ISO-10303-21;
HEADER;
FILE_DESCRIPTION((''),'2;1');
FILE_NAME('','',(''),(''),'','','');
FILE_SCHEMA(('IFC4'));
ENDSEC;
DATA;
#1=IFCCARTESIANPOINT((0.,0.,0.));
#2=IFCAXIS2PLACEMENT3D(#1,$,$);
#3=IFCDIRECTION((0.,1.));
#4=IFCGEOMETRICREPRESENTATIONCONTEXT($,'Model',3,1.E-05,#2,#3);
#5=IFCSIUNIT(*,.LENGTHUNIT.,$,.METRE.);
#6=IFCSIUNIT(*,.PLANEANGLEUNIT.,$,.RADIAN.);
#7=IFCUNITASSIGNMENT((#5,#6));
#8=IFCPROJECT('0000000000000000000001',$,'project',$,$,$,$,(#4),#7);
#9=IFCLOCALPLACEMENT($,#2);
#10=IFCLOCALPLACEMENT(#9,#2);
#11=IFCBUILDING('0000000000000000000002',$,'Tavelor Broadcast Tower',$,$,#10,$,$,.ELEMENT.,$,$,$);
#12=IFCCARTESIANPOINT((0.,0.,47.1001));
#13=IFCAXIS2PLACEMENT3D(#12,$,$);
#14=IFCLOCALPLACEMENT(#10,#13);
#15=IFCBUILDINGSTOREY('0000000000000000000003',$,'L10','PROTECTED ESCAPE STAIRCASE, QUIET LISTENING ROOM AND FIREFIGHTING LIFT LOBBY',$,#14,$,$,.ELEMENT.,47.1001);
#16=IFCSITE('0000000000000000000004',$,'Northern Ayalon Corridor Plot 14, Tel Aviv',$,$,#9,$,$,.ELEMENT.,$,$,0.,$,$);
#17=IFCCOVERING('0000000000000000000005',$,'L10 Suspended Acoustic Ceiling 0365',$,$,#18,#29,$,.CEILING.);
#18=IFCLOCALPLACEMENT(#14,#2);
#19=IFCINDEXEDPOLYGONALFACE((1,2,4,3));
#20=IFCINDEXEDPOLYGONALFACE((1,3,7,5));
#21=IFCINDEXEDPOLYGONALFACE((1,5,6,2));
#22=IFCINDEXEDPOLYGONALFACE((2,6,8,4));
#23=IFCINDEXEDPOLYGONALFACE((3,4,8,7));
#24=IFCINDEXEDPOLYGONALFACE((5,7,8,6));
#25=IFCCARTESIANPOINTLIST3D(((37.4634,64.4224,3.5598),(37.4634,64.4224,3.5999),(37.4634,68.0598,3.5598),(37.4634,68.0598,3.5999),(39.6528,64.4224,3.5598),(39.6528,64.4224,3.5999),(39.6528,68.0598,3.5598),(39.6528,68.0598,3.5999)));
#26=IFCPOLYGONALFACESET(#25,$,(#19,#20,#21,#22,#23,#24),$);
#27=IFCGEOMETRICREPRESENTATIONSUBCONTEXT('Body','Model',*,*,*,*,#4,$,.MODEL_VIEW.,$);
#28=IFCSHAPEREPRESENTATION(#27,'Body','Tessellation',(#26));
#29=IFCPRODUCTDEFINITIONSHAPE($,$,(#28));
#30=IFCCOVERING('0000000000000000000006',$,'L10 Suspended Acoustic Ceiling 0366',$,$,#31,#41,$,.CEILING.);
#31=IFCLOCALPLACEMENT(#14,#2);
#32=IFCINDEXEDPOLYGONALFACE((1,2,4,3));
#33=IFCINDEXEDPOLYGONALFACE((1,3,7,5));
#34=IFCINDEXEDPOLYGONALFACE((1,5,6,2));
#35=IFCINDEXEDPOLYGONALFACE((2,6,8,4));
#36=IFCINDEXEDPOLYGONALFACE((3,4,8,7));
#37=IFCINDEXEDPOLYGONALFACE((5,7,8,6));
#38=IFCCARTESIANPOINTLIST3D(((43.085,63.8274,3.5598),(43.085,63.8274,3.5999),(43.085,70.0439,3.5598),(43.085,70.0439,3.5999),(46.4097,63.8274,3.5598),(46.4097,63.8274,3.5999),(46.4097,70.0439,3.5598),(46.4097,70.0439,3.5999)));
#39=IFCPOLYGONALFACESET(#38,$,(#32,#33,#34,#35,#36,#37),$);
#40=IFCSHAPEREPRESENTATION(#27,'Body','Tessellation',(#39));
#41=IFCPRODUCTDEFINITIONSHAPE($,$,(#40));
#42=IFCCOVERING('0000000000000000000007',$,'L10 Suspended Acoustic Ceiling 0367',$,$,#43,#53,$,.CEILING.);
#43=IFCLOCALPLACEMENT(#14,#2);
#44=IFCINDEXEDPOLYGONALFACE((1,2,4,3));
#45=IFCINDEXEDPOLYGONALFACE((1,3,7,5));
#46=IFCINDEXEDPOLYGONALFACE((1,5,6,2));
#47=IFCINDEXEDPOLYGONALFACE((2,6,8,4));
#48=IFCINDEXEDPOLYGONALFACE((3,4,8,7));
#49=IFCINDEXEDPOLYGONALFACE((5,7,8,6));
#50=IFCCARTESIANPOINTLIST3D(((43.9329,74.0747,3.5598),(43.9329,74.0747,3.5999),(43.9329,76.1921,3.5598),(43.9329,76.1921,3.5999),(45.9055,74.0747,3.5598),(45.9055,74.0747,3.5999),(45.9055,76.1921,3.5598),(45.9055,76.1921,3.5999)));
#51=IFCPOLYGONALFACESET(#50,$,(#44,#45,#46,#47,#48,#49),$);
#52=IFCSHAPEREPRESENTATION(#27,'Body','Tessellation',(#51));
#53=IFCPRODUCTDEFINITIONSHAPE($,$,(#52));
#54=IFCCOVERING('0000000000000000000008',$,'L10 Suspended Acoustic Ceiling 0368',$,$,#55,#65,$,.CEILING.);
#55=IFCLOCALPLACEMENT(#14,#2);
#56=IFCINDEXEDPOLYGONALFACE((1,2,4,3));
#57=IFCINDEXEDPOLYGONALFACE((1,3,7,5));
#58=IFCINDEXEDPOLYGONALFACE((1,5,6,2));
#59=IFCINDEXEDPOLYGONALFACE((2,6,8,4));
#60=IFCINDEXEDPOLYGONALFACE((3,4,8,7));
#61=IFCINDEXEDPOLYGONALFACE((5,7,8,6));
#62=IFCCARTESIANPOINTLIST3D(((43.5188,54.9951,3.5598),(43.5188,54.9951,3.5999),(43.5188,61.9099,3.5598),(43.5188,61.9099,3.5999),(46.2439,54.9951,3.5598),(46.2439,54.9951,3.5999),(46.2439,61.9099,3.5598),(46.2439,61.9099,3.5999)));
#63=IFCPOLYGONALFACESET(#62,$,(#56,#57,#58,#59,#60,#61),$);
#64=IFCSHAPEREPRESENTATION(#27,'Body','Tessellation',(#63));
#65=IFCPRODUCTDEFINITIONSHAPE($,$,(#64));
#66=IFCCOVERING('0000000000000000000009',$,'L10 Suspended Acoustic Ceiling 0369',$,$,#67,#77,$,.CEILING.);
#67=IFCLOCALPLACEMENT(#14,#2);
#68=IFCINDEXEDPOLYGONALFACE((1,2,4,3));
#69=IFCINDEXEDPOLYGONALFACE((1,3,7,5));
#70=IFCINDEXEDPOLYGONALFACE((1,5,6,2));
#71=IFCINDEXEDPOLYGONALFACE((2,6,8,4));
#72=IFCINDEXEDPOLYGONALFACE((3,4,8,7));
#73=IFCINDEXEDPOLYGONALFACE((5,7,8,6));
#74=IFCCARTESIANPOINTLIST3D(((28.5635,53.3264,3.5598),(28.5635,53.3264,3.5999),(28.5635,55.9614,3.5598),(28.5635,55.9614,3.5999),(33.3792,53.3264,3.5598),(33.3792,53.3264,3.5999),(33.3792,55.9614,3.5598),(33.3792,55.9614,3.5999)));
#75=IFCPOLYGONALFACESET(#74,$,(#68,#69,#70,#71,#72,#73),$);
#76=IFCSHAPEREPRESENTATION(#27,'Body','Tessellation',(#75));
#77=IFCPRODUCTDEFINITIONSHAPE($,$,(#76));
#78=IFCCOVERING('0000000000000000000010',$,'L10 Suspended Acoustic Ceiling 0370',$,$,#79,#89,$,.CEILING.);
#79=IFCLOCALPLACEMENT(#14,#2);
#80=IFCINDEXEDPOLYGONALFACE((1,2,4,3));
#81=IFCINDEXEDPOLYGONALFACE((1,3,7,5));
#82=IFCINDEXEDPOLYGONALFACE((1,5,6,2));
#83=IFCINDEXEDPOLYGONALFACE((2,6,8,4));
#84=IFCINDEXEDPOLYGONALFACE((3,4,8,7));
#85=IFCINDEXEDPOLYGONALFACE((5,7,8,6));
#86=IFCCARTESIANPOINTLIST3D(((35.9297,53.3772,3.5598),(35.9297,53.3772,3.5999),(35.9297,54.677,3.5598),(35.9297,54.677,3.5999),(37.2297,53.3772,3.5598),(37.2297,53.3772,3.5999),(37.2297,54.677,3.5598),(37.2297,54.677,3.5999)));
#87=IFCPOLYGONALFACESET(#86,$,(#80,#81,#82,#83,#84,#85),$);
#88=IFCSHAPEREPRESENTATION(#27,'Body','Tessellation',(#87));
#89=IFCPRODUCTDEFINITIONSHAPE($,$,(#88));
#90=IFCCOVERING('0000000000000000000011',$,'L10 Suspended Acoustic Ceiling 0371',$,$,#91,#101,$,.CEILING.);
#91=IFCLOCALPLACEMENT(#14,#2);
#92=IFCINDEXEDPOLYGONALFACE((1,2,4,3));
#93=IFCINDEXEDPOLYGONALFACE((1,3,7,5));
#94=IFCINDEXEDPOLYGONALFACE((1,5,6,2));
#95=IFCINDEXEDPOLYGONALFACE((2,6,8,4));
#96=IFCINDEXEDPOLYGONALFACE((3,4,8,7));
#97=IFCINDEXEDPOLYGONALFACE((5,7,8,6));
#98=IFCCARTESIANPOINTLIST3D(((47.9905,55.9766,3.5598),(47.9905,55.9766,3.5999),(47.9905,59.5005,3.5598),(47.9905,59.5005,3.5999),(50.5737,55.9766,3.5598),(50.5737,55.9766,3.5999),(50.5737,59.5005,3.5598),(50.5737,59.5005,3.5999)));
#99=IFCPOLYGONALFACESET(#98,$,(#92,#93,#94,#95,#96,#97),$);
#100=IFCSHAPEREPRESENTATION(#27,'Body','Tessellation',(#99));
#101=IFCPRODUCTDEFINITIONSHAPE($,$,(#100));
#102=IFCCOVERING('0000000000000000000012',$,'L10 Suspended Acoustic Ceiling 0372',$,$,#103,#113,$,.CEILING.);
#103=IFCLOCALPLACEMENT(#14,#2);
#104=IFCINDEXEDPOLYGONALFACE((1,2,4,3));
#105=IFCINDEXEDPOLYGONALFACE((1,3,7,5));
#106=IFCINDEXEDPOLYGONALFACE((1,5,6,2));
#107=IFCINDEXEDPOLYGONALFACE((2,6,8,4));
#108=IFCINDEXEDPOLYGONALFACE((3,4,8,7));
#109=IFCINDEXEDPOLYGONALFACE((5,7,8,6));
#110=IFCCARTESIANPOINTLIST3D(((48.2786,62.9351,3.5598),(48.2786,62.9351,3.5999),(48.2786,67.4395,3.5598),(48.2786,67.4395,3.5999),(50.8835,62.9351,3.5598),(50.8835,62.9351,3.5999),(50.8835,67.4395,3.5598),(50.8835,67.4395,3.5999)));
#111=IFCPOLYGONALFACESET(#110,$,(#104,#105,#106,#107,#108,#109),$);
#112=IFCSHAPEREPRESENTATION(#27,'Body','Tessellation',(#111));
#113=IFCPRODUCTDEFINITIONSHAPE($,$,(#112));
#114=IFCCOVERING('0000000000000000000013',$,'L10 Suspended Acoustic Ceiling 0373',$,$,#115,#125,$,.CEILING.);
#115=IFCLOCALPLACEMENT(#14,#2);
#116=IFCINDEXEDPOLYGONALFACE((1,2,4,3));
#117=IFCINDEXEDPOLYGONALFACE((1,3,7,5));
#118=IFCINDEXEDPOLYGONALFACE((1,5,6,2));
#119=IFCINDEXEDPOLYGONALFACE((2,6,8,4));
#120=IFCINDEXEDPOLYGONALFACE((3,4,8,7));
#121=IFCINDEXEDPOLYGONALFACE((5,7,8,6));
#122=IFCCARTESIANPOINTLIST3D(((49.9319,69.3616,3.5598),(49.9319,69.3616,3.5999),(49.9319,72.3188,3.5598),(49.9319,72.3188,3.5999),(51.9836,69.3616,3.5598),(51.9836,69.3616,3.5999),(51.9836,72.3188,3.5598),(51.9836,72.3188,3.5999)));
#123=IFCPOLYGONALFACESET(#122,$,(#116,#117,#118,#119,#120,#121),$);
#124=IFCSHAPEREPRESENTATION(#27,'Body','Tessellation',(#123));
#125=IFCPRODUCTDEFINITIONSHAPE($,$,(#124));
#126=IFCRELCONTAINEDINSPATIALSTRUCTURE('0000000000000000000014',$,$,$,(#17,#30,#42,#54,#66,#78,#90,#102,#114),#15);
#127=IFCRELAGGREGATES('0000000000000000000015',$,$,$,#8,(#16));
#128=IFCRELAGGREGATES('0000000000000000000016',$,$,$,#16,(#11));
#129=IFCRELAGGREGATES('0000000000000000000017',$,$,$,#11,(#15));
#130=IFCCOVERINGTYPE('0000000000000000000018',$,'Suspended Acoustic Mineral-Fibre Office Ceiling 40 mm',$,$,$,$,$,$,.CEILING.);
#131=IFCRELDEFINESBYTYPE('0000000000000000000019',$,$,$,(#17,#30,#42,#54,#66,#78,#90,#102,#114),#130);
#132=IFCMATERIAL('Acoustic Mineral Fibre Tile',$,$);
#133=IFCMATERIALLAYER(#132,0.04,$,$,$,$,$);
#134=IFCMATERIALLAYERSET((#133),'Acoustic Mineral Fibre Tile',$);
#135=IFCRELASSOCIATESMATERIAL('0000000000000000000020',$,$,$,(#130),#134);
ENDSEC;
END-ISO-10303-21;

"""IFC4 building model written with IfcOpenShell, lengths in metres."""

from ifc_helpers import new_model, si_unit, direction, frame, origin, place, context, subcontext, project, spatial, polyline, outline, extrude, material, layer, layer_set, type_object, element, save


model = new_model("IFC4")

# Units and contexts
model_context = context("Model", 3, precision=1e-05, world=origin(), true_north=direction((0.0, 1.0)))
body_context = subcontext(model_context, "Body", "Model", "MODEL_VIEW")
ifc_project = project(units=[si_unit("LENGTHUNIT", "METRE"), si_unit("PLANEANGLEUNIT", "RADIAN")], contexts=[model_context])

# Site, building, storey
site_placement = place(None, origin())
site = spatial("IfcSite", under=ifc_project, at=site_placement, Name="Northern Ayalon Corridor Plot 14, Tel Aviv", CompositionType="ELEMENT", RefElevation=0.0)
building_placement = place(site_placement, origin())
building = spatial("IfcBuilding", under=site, at=building_placement, Name="Tavelor Broadcast Tower", CompositionType="ELEMENT")
storey_placement = place(building_placement, frame((0.0, 0.0, 47.1001)))
storey = spatial("IfcBuildingStorey", under=building, at=storey_placement, Name="L10", Description="PROTECTED ESCAPE STAIRCASE, QUIET LISTENING ROOM AND FIREFIGHTING LIFT LOBBY", CompositionType="ELEMENT", Elevation=47.1001)

# Coverings
ifc_material_1 = material(Name="Acoustic Mineral Fibre Tile")
ifc_layer_1 = layer(ifc_material_1, 0.04)
ifc_layer_set_1 = layer_set([ifc_layer_1], Name="Acoustic Mineral Fibre Tile")
covering_type_1 = type_object("IfcCoveringType", Name="Suspended Acoustic Mineral-Fibre Office Ceiling 40 mm", PredefinedType="CEILING", material=ifc_layer_set_1)
covering_1_placement = place(storey_placement, frame((0.0, 0.0, 3.5598)))
element("IfcCovering", 1, at=covering_1_placement, inside=storey, type_object=covering_type_1, Name="L10 Suspended Acoustic Ceiling 0365", PredefinedType="CEILING", context=body_context, shape_type="SweptSolid", body=[
    extrude(outline(polyline([(37.4634, 64.4224), (39.6528, 64.4224), (39.6528, 68.0598), (37.4634, 68.0598), (37.4634, 64.4224)])), origin(), (0.0, 0.0, 1.0), 0.04),
])
covering_2_placement = place(storey_placement, frame((0.0, 0.0, 3.5598)))
element("IfcCovering", 2, at=covering_2_placement, inside=storey, type_object=covering_type_1, Name="L10 Suspended Acoustic Ceiling 0366", PredefinedType="CEILING", context=body_context, shape_type="SweptSolid", body=[
    extrude(outline(polyline([(43.085, 63.8274), (46.4097, 63.8274), (46.4097, 70.0439), (43.085, 70.0439), (43.085, 63.8274)])), origin(), (0.0, 0.0, 1.0), 0.04),
])
covering_3_placement = place(storey_placement, frame((0.0, 0.0, 3.5598)))
element("IfcCovering", 3, at=covering_3_placement, inside=storey, type_object=covering_type_1, Name="L10 Suspended Acoustic Ceiling 0367", PredefinedType="CEILING", context=body_context, shape_type="SweptSolid", body=[
    extrude(outline(polyline([(43.9329, 74.0747), (45.9055, 74.0747), (45.9055, 76.1921), (43.9329, 76.1921), (43.9329, 74.0747)])), origin(), (0.0, 0.0, 1.0), 0.04),
])
covering_4_placement = place(storey_placement, frame((0.0, 0.0, 3.5598)))
element("IfcCovering", 4, at=covering_4_placement, inside=storey, type_object=covering_type_1, Name="L10 Suspended Acoustic Ceiling 0368", PredefinedType="CEILING", context=body_context, shape_type="SweptSolid", body=[
    extrude(outline(polyline([(43.5188, 54.9951), (46.2439, 54.9951), (46.2439, 61.9099), (43.5188, 61.9099), (43.5188, 54.9951)])), origin(), (0.0, 0.0, 1.0), 0.04),
])
covering_5_placement = place(storey_placement, frame((0.0, 0.0, 3.5598)))
element("IfcCovering", 5, at=covering_5_placement, inside=storey, type_object=covering_type_1, Name="L10 Suspended Acoustic Ceiling 0369", PredefinedType="CEILING", context=body_context, shape_type="SweptSolid", body=[
    extrude(outline(polyline([(28.5635, 53.3264), (33.3792, 53.3264), (33.3792, 55.9614), (28.5635, 55.9614), (28.5635, 53.3264)])), origin(), (0.0, 0.0, 1.0), 0.04),
])
covering_6_placement = place(storey_placement, frame((0.0, 0.0, 3.5598)))
element("IfcCovering", 6, at=covering_6_placement, inside=storey, type_object=covering_type_1, Name="L10 Suspended Acoustic Ceiling 0370", PredefinedType="CEILING", context=body_context, shape_type="SweptSolid", body=[
    extrude(outline(polyline([(35.9297, 53.3772), (37.2297, 53.3772), (37.2297, 54.677), (35.9297, 54.677), (35.9297, 53.3772)])), origin(), (0.0, 0.0, 1.0), 0.04),
])
covering_7_placement = place(storey_placement, frame((0.0, 0.0, 3.5598)))
element("IfcCovering", 7, at=covering_7_placement, inside=storey, type_object=covering_type_1, Name="L10 Suspended Acoustic Ceiling 0371", PredefinedType="CEILING", context=body_context, shape_type="SweptSolid", body=[
    extrude(outline(polyline([(47.9905, 55.9766), (50.5737, 55.9766), (50.5737, 59.5005), (47.9905, 59.5005), (47.9905, 55.9766)])), origin(), (0.0, 0.0, 1.0), 0.04),
])
covering_8_placement = place(storey_placement, frame((0.0, 0.0, 3.5598)))
element("IfcCovering", 8, at=covering_8_placement, inside=storey, type_object=covering_type_1, Name="L10 Suspended Acoustic Ceiling 0372", PredefinedType="CEILING", context=body_context, shape_type="SweptSolid", body=[
    extrude(outline(polyline([(48.2786, 62.9351), (50.8835, 62.9351), (50.8835, 67.4395), (48.2786, 67.4395), (48.2786, 62.9351)])), origin(), (0.0, 0.0, 1.0), 0.04),
])
covering_9_placement = place(storey_placement, frame((0.0, 0.0, 3.5598)))
element("IfcCovering", 9, at=covering_9_placement, inside=storey, type_object=covering_type_1, Name="L10 Suspended Acoustic Ceiling 0373", PredefinedType="CEILING", context=body_context, shape_type="SweptSolid", body=[
    extrude(outline(polyline([(49.9319, 69.3616), (51.9836, 69.3616), (51.9836, 72.3188), (49.9319, 72.3188), (49.9319, 69.3616)])), origin(), (0.0, 0.0, 1.0), 0.04),
])

save(model, "model.ifc")
